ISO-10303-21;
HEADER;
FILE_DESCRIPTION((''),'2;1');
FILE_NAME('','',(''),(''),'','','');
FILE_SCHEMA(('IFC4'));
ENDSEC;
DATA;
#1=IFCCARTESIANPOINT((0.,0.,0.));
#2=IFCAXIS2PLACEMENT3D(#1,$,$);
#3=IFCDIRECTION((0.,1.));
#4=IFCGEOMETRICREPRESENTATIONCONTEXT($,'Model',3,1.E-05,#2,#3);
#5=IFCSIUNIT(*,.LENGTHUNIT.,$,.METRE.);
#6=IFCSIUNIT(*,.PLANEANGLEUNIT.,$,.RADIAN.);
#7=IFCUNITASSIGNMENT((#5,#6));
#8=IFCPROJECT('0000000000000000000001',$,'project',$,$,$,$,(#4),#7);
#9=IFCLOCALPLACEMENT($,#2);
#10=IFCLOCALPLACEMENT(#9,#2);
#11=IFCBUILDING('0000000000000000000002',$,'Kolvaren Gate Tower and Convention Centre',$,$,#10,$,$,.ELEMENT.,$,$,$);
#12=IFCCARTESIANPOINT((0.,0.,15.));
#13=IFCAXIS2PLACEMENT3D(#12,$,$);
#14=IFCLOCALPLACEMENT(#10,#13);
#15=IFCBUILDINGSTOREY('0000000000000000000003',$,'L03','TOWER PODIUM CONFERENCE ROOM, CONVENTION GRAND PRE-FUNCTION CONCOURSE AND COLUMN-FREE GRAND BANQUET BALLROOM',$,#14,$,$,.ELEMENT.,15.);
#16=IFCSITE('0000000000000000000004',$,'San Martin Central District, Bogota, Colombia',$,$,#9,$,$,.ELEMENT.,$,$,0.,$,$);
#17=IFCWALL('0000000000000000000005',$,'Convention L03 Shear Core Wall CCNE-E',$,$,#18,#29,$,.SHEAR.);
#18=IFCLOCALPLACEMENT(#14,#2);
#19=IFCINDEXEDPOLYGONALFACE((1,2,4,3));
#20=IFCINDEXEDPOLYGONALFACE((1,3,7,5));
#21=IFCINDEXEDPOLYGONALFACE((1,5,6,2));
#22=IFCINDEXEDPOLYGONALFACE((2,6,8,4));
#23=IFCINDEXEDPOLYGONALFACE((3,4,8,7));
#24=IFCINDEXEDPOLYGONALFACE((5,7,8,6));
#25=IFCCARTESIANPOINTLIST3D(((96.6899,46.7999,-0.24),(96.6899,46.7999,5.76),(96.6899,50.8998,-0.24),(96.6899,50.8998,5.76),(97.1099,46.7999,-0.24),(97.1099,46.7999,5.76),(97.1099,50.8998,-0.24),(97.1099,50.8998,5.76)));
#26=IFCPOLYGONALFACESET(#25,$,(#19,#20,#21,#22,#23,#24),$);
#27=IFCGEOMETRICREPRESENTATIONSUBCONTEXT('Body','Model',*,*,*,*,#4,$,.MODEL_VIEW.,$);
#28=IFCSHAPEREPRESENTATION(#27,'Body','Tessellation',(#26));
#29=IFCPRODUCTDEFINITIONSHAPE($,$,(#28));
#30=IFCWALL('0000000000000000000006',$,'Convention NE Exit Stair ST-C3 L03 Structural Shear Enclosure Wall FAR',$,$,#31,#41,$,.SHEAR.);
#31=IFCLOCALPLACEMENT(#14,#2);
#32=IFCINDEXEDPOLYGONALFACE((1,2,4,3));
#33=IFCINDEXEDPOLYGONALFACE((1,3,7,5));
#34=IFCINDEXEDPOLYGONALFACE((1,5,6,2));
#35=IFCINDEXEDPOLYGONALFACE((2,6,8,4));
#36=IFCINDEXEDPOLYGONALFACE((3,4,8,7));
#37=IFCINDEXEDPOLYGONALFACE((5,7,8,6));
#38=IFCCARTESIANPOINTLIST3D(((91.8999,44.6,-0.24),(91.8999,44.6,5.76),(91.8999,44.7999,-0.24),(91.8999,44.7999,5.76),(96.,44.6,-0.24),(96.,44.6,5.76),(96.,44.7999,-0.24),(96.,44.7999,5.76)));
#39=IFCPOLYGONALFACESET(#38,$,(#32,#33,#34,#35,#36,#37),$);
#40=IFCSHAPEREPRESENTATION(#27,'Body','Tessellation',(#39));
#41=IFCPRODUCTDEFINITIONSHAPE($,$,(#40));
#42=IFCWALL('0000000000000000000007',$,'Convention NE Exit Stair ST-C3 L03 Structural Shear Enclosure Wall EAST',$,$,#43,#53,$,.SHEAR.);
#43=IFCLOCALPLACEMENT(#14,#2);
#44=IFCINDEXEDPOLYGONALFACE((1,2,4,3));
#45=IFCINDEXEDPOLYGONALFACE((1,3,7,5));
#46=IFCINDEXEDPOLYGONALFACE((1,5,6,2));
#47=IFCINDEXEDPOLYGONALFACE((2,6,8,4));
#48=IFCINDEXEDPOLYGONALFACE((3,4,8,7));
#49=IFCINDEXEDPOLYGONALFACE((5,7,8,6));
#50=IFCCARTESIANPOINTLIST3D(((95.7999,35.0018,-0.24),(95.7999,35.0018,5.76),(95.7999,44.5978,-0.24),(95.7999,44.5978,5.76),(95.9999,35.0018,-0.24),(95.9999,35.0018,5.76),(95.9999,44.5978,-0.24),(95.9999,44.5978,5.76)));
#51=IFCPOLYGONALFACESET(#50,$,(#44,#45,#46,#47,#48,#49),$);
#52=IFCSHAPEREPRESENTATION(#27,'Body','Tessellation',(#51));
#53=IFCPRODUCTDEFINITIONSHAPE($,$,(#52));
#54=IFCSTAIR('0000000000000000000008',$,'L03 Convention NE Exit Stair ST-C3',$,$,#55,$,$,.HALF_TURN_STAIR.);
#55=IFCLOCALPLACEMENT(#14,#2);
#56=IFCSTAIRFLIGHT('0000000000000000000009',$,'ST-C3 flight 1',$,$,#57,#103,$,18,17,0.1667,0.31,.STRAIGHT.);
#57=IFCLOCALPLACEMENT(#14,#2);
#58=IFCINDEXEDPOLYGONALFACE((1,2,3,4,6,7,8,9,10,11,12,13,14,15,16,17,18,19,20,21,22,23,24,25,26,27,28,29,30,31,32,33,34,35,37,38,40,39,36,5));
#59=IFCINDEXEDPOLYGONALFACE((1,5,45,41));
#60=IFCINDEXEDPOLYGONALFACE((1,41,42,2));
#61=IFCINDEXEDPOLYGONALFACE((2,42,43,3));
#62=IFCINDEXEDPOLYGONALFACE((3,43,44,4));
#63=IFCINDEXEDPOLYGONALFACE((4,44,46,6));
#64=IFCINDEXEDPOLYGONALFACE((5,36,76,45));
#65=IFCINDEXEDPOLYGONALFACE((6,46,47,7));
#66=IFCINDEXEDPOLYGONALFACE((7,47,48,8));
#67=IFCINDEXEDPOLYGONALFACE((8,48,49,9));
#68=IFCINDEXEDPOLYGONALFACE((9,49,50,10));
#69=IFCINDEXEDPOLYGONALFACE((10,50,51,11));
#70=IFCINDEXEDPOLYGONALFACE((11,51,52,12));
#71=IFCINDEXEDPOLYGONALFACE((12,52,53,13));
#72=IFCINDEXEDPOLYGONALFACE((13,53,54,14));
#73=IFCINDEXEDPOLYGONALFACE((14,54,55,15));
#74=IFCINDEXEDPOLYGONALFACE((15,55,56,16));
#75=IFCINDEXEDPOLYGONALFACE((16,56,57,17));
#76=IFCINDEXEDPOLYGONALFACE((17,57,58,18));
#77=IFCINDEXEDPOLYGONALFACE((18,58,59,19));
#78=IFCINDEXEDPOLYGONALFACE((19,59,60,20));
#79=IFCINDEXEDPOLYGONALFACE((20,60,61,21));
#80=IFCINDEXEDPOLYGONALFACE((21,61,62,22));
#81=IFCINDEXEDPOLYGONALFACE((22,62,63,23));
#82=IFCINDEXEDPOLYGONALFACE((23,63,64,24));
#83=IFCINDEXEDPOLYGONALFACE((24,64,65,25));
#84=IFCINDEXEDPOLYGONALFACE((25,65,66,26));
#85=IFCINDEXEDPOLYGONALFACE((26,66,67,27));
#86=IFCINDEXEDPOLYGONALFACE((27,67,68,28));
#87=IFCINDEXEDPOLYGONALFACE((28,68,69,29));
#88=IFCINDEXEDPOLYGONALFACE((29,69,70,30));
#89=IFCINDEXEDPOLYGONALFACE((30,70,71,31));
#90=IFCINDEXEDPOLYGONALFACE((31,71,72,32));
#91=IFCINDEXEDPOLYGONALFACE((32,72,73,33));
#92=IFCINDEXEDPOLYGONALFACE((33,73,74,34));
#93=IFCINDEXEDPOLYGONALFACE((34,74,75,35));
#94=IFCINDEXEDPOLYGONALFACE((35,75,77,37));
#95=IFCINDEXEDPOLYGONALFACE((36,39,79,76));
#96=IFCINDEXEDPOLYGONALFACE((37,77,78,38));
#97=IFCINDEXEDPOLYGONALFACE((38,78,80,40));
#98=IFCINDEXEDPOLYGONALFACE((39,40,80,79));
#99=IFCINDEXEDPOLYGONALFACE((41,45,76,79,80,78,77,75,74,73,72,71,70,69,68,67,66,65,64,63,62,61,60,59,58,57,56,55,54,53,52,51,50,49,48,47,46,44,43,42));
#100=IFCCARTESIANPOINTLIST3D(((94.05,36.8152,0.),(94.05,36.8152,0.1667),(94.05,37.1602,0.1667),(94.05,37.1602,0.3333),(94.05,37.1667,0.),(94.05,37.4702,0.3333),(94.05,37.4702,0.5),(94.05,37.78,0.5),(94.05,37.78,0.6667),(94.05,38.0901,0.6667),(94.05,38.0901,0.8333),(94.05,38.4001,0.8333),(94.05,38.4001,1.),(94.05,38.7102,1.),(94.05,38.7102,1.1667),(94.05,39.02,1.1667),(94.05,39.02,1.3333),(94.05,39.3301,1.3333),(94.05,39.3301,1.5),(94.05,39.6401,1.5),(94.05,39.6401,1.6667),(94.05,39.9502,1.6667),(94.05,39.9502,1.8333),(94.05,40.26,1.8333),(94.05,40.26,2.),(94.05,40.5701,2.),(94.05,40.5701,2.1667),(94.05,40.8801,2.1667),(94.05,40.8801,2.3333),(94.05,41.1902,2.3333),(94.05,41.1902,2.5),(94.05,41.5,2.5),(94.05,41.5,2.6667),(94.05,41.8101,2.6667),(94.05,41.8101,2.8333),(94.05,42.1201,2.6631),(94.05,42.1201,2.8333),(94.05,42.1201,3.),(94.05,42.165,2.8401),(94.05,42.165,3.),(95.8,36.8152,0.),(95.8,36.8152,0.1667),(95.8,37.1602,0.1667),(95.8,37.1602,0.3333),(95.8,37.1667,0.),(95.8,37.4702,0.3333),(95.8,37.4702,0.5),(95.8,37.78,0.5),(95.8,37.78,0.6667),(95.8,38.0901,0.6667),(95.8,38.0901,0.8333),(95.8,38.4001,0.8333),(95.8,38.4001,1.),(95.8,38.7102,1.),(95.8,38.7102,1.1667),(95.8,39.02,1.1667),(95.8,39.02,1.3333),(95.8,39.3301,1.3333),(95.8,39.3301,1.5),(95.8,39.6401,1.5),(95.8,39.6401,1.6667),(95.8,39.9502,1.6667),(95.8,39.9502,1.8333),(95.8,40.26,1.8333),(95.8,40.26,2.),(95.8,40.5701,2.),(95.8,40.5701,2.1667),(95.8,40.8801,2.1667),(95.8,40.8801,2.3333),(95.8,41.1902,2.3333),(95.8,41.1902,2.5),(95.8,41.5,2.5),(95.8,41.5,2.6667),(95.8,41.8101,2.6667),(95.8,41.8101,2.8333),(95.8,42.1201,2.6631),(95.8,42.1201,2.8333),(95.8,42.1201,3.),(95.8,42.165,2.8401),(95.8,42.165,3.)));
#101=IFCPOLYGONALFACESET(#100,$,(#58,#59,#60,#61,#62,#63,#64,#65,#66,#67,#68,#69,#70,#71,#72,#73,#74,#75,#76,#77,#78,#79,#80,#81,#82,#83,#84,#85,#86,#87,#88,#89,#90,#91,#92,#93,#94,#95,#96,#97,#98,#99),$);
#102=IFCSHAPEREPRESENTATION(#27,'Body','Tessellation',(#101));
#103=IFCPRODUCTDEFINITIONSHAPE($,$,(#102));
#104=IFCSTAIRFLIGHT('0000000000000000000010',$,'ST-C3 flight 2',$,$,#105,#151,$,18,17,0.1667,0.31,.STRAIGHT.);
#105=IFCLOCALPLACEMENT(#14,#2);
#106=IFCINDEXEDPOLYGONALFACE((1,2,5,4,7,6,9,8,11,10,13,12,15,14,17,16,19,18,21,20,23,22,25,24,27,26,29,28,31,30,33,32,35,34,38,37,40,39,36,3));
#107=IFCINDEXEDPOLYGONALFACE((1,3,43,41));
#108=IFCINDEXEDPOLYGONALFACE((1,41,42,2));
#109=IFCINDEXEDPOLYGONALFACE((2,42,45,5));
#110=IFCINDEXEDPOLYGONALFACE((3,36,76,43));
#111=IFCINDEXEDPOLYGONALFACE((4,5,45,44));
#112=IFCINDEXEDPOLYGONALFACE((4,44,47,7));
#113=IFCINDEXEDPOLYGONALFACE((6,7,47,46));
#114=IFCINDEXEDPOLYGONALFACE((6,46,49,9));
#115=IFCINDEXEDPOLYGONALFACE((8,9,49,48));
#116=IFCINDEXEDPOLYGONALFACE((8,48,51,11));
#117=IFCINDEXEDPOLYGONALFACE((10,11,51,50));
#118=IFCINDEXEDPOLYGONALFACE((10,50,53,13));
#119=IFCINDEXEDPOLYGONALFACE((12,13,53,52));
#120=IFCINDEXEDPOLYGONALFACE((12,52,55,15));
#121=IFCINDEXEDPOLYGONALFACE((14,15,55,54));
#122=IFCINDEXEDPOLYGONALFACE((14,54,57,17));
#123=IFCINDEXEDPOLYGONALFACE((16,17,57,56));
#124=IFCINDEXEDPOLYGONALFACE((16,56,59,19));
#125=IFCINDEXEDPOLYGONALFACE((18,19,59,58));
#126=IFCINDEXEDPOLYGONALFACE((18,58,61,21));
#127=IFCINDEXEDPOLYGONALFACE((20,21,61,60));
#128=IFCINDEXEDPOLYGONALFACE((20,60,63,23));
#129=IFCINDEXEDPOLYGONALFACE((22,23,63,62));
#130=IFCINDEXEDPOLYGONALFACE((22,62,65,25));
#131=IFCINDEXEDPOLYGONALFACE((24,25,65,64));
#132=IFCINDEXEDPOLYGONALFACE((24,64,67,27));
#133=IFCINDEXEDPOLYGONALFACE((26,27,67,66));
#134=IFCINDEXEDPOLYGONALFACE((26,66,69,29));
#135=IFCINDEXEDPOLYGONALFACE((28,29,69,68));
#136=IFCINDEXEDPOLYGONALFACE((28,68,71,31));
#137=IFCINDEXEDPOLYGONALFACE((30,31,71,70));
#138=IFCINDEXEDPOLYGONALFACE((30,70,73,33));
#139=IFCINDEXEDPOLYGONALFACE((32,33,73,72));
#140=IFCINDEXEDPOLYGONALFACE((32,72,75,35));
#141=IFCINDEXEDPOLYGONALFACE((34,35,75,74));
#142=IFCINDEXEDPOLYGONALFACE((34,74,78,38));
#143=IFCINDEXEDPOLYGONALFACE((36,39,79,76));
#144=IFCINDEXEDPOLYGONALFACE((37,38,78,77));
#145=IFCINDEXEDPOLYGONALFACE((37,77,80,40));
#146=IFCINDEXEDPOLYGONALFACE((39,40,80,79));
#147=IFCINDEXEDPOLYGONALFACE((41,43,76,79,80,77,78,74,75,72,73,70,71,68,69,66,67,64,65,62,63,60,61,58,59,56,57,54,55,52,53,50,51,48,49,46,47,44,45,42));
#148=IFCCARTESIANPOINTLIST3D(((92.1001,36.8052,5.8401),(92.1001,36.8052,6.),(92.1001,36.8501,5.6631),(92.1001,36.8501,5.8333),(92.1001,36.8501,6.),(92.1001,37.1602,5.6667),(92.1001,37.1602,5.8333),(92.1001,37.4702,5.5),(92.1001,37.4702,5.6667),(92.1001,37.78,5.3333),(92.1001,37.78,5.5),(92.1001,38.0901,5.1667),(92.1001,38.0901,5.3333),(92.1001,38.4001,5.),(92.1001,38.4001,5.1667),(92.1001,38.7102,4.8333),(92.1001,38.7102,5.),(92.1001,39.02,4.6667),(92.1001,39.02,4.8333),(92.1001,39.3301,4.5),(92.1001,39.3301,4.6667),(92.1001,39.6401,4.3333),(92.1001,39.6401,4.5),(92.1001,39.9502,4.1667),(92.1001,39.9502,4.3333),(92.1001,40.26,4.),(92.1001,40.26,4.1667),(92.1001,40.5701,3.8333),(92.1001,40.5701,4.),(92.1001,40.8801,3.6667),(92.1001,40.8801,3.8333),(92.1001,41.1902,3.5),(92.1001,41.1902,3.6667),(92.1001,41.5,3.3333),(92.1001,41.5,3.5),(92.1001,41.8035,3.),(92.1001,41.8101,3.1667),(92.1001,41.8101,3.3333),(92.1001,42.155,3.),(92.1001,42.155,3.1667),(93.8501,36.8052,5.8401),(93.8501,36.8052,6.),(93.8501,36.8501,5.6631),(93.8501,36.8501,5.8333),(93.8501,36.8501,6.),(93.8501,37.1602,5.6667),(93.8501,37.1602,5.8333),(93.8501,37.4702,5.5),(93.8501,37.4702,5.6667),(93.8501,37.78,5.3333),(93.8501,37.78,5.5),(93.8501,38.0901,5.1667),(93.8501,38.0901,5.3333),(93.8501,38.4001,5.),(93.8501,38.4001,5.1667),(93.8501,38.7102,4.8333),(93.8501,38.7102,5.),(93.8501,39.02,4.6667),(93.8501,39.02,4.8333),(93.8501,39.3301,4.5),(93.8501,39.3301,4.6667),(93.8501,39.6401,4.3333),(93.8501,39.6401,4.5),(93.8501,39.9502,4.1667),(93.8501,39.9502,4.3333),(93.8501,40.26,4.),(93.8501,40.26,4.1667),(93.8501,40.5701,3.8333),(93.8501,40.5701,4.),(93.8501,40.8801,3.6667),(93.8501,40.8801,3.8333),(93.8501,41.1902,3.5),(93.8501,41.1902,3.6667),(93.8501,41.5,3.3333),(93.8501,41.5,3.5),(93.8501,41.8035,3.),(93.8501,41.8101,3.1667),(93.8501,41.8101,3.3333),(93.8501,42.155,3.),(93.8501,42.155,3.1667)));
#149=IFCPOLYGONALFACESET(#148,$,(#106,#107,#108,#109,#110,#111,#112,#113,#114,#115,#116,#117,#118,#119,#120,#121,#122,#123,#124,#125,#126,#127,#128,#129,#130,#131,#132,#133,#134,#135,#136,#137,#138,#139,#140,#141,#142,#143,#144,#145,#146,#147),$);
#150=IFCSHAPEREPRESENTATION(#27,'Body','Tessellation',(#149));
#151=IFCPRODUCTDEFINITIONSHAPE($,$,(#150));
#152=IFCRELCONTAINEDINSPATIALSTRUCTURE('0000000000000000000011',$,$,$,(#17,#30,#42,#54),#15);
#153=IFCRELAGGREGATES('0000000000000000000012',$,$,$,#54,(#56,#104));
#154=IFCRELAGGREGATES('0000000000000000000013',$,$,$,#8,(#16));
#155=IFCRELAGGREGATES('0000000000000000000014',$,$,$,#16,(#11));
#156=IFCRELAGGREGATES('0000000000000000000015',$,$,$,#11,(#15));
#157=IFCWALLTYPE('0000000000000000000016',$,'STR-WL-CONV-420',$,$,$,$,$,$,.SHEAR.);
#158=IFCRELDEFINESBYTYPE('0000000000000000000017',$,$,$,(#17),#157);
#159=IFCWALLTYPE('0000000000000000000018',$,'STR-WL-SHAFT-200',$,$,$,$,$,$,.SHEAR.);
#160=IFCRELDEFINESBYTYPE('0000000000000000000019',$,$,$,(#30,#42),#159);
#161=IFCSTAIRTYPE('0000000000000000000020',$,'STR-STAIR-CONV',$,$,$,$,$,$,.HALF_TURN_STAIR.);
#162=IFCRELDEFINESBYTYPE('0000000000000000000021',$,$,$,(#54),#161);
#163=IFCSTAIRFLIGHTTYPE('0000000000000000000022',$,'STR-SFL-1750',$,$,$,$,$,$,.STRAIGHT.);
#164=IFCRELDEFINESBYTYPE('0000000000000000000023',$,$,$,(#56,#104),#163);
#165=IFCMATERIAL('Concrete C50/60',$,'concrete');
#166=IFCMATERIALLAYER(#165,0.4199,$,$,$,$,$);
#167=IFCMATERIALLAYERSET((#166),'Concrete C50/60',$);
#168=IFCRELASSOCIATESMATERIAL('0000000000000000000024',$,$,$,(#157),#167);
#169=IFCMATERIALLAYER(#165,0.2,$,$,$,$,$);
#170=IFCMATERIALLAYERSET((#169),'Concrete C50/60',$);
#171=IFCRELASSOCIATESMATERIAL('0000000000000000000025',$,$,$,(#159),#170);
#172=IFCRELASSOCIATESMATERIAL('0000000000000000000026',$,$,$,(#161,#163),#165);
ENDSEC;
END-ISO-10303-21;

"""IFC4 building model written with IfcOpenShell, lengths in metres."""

from ifc_helpers import new_model, si_unit, direction, frame, frame_2d, origin, place, context, subcontext, project, spatial, polyline, rectangle, outline, extrude, material, layer, layer_set, type_object, element, aggregate, save


model = new_model("IFC4")

# Units and contexts
model_context = context("Model", 3, precision=1e-05, world=origin(), true_north=direction((0.0, 1.0)))
body_context = subcontext(model_context, "Body", "Model", "MODEL_VIEW")
ifc_project = project(units=[si_unit("LENGTHUNIT", "METRE"), si_unit("PLANEANGLEUNIT", "RADIAN")], contexts=[model_context])

# Site, building, storey
site_placement = place(None, origin())
site = spatial("IfcSite", under=ifc_project, at=site_placement, Name="San Martin Central District, Bogota, Colombia", CompositionType="ELEMENT", RefElevation=0.0)
building_placement = place(site_placement, origin())
building = spatial("IfcBuilding", under=site, at=building_placement, Name="Kolvaren Gate Tower and Convention Centre", CompositionType="ELEMENT")
storey_placement = place(building_placement, frame((0.0, 0.0, 15.0)))
storey = spatial("IfcBuildingStorey", under=building, at=storey_placement, Name="L03", Description="TOWER PODIUM CONFERENCE ROOM, CONVENTION GRAND PRE-FUNCTION CONCOURSE AND COLUMN-FREE GRAND BANQUET BALLROOM", CompositionType="ELEMENT", Elevation=15.0)

# Walls
ifc_material_1 = material(Name="Concrete C50/60", Category="concrete")
ifc_layer_1 = layer(ifc_material_1, 0.4199)
ifc_layer_set_1 = layer_set([ifc_layer_1], Name="Concrete C50/60")
wall_type_1 = type_object("IfcWallType", Name="STR-WL-CONV-420", PredefinedType="SHEAR", material=ifc_layer_set_1)
wall_1_placement = place(storey_placement, frame((96.8999, 46.8, -0.24), z_axis=(0.0, 0.0, 1.0), x_axis=(0.0, 1.0, 0.0)))
element("IfcWall", 1, at=wall_1_placement, inside=storey, type_object=wall_type_1, Name="Convention L03 Shear Core Wall CCNE-E", PredefinedType="SHEAR", context=body_context, shape_type="SweptSolid", body=[
    extrude(rectangle(XDim=4.0999, YDim=0.4199, at=frame_2d((2.0498, 0.0))), origin(), (0.0, 0.0, 1.0), 6.0),
])
ifc_layer_2 = layer(ifc_material_1, 0.2)
ifc_layer_set_2 = layer_set([ifc_layer_2], Name="Concrete C50/60")
wall_type_2 = type_object("IfcWallType", Name="STR-WL-SHAFT-200", PredefinedType="SHEAR", material=ifc_layer_set_2)
wall_2_placement = place(storey_placement, frame((91.8999, 44.7, -0.24), z_axis=(0.0, 0.0, 1.0), x_axis=(1.0, 0.0, 0.0)))
element("IfcWall", 2, at=wall_2_placement, inside=storey, type_object=wall_type_2, Name="Convention NE Exit Stair ST-C3 L03 Structural Shear Enclosure Wall FAR", PredefinedType="SHEAR", context=body_context, shape_type="SweptSolid", body=[
    extrude(rectangle(XDim=4.1001, YDim=0.2, at=frame_2d((2.05, 0.0))), origin(), (0.0, 0.0, 1.0), 6.0),
])
wall_3_placement = place(storey_placement, frame((95.8999, 35.002, -0.24), z_axis=(0.0, 0.0, 1.0), x_axis=(0.0, 1.0, 0.0)))
element("IfcWall", 3, at=wall_3_placement, inside=storey, type_object=wall_type_2, Name="Convention NE Exit Stair ST-C3 L03 Structural Shear Enclosure Wall EAST", PredefinedType="SHEAR", context=body_context, shape_type="SweptSolid", body=[
    extrude(rectangle(XDim=9.5959, YDim=0.2, at=frame_2d((4.7979, 0.0))), origin(), (0.0, 0.0, 1.0), 6.0),
])

# Stair, stair flights
stair_type = type_object("IfcStairType", Name="STR-STAIR-CONV", PredefinedType="HALF_TURN_STAIR", material=ifc_material_1)
stair_placement = place(storey_placement, origin())
stair = element("IfcStair", 4, at=stair_placement, inside=storey, type_object=stair_type, Name="L03 Convention NE Exit Stair ST-C3", PredefinedType="HALF_TURN_STAIR")
stair_flight_type = type_object("IfcStairFlightType", Name="STR-SFL-1750", PredefinedType="STRAIGHT", material=ifc_material_1)
stair_flight_1_placement = place(storey_placement, frame((94.925, 36.8501, 0.0), z_axis=(0.0, 0.0, 1.0), x_axis=(0.0, 1.0, 0.0)))
stair_flight_1 = element("IfcStairFlight", 5, at=stair_flight_1_placement, type_object=stair_flight_type, Name="ST-C3 flight 1", NumberOfRisers=18, NumberOfTreads=17, PredefinedType="STRAIGHT", RiserHeight=0.1667, TreadLength=0.31, context=body_context, shape_type="SweptSolid", body=[
    extrude(outline(polyline([(-0.0349, 0.0), (-0.0349, 0.1667), (0.3101, 0.1667), (0.3101, 0.3333), (0.6201, 0.3333), (0.6201, 0.5), (0.9299, 0.5), (0.9299, 0.6667), (1.24, 0.6667), (1.24, 0.8333), (1.55, 0.8333), (1.55, 1.0), (1.8601, 1.0), (1.8601, 1.1667), (2.1699, 1.1667), (2.1699, 1.3333), (2.48, 1.3333), (2.48, 1.5), (2.79, 1.5), (2.79, 1.6667), (3.1001, 1.6667), (3.1001, 1.8333), (3.4099, 1.8333), (3.4099, 2.0), (3.72, 2.0), (3.72, 2.1667), (4.03, 2.1667), (4.03, 2.3333), (4.3401, 2.3333), (4.3401, 2.5), (4.6499, 2.5), (4.6499, 2.6667), (4.96, 2.6667), (4.96, 2.8333), (5.27, 2.8333), (5.27, 3.0), (5.3149, 3.0), (5.3149, 2.8401), (5.27, 2.6631), (0.3167, 0.0), (-0.0349, 0.0)])), frame((0.0, 0.875, 0.0), z_axis=(0.0, -1.0, 0.0), x_axis=(1.0, 0.0, 0.0)), (0.0, 0.0, 1.0), 1.75),
])
stair_flight_2_placement = place(storey_placement, frame((92.9751, 42.1201, 3.0), z_axis=(0.0, 0.0, 1.0), x_axis=(0.0, -1.0, 0.0)))
stair_flight_2 = element("IfcStairFlight", 6, at=stair_flight_2_placement, type_object=stair_flight_type, Name="ST-C3 flight 2", NumberOfRisers=18, NumberOfTreads=17, PredefinedType="STRAIGHT", RiserHeight=0.1667, TreadLength=0.31, context=body_context, shape_type="SweptSolid", body=[
    extrude(outline(polyline([(-0.0349, 0.0), (-0.0349, 0.1667), (0.3101, 0.1667), (0.3101, 0.3333), (0.6201, 0.3333), (0.6201, 0.5), (0.9299, 0.5), (0.9299, 0.6667), (1.24, 0.6667), (1.24, 0.8333), (1.55, 0.8333), (1.55, 1.0), (1.8601, 1.0), (1.8601, 1.1667), (2.1699, 1.1667), (2.1699, 1.3333), (2.48, 1.3333), (2.48, 1.5), (2.79, 1.5), (2.79, 1.6667), (3.1001, 1.6667), (3.1001, 1.8333), (3.4099, 1.8333), (3.4099, 2.0), (3.72, 2.0), (3.72, 2.1667), (4.03, 2.1667), (4.03, 2.3333), (4.3401, 2.3333), (4.3401, 2.5), (4.6499, 2.5), (4.6499, 2.6667), (4.96, 2.6667), (4.96, 2.8333), (5.27, 2.8333), (5.27, 3.0), (5.3149, 3.0), (5.3149, 2.8401), (5.27, 2.6631), (0.3167, 0.0), (-0.0349, 0.0)])), frame((0.0, 0.875, 0.0), z_axis=(0.0, -1.0, 0.0), x_axis=(1.0, 0.0, 0.0)), (0.0, 0.0, 1.0), 1.75),
])
aggregate(stair, [stair_flight_1, stair_flight_2])

save(model, "model.ifc")
